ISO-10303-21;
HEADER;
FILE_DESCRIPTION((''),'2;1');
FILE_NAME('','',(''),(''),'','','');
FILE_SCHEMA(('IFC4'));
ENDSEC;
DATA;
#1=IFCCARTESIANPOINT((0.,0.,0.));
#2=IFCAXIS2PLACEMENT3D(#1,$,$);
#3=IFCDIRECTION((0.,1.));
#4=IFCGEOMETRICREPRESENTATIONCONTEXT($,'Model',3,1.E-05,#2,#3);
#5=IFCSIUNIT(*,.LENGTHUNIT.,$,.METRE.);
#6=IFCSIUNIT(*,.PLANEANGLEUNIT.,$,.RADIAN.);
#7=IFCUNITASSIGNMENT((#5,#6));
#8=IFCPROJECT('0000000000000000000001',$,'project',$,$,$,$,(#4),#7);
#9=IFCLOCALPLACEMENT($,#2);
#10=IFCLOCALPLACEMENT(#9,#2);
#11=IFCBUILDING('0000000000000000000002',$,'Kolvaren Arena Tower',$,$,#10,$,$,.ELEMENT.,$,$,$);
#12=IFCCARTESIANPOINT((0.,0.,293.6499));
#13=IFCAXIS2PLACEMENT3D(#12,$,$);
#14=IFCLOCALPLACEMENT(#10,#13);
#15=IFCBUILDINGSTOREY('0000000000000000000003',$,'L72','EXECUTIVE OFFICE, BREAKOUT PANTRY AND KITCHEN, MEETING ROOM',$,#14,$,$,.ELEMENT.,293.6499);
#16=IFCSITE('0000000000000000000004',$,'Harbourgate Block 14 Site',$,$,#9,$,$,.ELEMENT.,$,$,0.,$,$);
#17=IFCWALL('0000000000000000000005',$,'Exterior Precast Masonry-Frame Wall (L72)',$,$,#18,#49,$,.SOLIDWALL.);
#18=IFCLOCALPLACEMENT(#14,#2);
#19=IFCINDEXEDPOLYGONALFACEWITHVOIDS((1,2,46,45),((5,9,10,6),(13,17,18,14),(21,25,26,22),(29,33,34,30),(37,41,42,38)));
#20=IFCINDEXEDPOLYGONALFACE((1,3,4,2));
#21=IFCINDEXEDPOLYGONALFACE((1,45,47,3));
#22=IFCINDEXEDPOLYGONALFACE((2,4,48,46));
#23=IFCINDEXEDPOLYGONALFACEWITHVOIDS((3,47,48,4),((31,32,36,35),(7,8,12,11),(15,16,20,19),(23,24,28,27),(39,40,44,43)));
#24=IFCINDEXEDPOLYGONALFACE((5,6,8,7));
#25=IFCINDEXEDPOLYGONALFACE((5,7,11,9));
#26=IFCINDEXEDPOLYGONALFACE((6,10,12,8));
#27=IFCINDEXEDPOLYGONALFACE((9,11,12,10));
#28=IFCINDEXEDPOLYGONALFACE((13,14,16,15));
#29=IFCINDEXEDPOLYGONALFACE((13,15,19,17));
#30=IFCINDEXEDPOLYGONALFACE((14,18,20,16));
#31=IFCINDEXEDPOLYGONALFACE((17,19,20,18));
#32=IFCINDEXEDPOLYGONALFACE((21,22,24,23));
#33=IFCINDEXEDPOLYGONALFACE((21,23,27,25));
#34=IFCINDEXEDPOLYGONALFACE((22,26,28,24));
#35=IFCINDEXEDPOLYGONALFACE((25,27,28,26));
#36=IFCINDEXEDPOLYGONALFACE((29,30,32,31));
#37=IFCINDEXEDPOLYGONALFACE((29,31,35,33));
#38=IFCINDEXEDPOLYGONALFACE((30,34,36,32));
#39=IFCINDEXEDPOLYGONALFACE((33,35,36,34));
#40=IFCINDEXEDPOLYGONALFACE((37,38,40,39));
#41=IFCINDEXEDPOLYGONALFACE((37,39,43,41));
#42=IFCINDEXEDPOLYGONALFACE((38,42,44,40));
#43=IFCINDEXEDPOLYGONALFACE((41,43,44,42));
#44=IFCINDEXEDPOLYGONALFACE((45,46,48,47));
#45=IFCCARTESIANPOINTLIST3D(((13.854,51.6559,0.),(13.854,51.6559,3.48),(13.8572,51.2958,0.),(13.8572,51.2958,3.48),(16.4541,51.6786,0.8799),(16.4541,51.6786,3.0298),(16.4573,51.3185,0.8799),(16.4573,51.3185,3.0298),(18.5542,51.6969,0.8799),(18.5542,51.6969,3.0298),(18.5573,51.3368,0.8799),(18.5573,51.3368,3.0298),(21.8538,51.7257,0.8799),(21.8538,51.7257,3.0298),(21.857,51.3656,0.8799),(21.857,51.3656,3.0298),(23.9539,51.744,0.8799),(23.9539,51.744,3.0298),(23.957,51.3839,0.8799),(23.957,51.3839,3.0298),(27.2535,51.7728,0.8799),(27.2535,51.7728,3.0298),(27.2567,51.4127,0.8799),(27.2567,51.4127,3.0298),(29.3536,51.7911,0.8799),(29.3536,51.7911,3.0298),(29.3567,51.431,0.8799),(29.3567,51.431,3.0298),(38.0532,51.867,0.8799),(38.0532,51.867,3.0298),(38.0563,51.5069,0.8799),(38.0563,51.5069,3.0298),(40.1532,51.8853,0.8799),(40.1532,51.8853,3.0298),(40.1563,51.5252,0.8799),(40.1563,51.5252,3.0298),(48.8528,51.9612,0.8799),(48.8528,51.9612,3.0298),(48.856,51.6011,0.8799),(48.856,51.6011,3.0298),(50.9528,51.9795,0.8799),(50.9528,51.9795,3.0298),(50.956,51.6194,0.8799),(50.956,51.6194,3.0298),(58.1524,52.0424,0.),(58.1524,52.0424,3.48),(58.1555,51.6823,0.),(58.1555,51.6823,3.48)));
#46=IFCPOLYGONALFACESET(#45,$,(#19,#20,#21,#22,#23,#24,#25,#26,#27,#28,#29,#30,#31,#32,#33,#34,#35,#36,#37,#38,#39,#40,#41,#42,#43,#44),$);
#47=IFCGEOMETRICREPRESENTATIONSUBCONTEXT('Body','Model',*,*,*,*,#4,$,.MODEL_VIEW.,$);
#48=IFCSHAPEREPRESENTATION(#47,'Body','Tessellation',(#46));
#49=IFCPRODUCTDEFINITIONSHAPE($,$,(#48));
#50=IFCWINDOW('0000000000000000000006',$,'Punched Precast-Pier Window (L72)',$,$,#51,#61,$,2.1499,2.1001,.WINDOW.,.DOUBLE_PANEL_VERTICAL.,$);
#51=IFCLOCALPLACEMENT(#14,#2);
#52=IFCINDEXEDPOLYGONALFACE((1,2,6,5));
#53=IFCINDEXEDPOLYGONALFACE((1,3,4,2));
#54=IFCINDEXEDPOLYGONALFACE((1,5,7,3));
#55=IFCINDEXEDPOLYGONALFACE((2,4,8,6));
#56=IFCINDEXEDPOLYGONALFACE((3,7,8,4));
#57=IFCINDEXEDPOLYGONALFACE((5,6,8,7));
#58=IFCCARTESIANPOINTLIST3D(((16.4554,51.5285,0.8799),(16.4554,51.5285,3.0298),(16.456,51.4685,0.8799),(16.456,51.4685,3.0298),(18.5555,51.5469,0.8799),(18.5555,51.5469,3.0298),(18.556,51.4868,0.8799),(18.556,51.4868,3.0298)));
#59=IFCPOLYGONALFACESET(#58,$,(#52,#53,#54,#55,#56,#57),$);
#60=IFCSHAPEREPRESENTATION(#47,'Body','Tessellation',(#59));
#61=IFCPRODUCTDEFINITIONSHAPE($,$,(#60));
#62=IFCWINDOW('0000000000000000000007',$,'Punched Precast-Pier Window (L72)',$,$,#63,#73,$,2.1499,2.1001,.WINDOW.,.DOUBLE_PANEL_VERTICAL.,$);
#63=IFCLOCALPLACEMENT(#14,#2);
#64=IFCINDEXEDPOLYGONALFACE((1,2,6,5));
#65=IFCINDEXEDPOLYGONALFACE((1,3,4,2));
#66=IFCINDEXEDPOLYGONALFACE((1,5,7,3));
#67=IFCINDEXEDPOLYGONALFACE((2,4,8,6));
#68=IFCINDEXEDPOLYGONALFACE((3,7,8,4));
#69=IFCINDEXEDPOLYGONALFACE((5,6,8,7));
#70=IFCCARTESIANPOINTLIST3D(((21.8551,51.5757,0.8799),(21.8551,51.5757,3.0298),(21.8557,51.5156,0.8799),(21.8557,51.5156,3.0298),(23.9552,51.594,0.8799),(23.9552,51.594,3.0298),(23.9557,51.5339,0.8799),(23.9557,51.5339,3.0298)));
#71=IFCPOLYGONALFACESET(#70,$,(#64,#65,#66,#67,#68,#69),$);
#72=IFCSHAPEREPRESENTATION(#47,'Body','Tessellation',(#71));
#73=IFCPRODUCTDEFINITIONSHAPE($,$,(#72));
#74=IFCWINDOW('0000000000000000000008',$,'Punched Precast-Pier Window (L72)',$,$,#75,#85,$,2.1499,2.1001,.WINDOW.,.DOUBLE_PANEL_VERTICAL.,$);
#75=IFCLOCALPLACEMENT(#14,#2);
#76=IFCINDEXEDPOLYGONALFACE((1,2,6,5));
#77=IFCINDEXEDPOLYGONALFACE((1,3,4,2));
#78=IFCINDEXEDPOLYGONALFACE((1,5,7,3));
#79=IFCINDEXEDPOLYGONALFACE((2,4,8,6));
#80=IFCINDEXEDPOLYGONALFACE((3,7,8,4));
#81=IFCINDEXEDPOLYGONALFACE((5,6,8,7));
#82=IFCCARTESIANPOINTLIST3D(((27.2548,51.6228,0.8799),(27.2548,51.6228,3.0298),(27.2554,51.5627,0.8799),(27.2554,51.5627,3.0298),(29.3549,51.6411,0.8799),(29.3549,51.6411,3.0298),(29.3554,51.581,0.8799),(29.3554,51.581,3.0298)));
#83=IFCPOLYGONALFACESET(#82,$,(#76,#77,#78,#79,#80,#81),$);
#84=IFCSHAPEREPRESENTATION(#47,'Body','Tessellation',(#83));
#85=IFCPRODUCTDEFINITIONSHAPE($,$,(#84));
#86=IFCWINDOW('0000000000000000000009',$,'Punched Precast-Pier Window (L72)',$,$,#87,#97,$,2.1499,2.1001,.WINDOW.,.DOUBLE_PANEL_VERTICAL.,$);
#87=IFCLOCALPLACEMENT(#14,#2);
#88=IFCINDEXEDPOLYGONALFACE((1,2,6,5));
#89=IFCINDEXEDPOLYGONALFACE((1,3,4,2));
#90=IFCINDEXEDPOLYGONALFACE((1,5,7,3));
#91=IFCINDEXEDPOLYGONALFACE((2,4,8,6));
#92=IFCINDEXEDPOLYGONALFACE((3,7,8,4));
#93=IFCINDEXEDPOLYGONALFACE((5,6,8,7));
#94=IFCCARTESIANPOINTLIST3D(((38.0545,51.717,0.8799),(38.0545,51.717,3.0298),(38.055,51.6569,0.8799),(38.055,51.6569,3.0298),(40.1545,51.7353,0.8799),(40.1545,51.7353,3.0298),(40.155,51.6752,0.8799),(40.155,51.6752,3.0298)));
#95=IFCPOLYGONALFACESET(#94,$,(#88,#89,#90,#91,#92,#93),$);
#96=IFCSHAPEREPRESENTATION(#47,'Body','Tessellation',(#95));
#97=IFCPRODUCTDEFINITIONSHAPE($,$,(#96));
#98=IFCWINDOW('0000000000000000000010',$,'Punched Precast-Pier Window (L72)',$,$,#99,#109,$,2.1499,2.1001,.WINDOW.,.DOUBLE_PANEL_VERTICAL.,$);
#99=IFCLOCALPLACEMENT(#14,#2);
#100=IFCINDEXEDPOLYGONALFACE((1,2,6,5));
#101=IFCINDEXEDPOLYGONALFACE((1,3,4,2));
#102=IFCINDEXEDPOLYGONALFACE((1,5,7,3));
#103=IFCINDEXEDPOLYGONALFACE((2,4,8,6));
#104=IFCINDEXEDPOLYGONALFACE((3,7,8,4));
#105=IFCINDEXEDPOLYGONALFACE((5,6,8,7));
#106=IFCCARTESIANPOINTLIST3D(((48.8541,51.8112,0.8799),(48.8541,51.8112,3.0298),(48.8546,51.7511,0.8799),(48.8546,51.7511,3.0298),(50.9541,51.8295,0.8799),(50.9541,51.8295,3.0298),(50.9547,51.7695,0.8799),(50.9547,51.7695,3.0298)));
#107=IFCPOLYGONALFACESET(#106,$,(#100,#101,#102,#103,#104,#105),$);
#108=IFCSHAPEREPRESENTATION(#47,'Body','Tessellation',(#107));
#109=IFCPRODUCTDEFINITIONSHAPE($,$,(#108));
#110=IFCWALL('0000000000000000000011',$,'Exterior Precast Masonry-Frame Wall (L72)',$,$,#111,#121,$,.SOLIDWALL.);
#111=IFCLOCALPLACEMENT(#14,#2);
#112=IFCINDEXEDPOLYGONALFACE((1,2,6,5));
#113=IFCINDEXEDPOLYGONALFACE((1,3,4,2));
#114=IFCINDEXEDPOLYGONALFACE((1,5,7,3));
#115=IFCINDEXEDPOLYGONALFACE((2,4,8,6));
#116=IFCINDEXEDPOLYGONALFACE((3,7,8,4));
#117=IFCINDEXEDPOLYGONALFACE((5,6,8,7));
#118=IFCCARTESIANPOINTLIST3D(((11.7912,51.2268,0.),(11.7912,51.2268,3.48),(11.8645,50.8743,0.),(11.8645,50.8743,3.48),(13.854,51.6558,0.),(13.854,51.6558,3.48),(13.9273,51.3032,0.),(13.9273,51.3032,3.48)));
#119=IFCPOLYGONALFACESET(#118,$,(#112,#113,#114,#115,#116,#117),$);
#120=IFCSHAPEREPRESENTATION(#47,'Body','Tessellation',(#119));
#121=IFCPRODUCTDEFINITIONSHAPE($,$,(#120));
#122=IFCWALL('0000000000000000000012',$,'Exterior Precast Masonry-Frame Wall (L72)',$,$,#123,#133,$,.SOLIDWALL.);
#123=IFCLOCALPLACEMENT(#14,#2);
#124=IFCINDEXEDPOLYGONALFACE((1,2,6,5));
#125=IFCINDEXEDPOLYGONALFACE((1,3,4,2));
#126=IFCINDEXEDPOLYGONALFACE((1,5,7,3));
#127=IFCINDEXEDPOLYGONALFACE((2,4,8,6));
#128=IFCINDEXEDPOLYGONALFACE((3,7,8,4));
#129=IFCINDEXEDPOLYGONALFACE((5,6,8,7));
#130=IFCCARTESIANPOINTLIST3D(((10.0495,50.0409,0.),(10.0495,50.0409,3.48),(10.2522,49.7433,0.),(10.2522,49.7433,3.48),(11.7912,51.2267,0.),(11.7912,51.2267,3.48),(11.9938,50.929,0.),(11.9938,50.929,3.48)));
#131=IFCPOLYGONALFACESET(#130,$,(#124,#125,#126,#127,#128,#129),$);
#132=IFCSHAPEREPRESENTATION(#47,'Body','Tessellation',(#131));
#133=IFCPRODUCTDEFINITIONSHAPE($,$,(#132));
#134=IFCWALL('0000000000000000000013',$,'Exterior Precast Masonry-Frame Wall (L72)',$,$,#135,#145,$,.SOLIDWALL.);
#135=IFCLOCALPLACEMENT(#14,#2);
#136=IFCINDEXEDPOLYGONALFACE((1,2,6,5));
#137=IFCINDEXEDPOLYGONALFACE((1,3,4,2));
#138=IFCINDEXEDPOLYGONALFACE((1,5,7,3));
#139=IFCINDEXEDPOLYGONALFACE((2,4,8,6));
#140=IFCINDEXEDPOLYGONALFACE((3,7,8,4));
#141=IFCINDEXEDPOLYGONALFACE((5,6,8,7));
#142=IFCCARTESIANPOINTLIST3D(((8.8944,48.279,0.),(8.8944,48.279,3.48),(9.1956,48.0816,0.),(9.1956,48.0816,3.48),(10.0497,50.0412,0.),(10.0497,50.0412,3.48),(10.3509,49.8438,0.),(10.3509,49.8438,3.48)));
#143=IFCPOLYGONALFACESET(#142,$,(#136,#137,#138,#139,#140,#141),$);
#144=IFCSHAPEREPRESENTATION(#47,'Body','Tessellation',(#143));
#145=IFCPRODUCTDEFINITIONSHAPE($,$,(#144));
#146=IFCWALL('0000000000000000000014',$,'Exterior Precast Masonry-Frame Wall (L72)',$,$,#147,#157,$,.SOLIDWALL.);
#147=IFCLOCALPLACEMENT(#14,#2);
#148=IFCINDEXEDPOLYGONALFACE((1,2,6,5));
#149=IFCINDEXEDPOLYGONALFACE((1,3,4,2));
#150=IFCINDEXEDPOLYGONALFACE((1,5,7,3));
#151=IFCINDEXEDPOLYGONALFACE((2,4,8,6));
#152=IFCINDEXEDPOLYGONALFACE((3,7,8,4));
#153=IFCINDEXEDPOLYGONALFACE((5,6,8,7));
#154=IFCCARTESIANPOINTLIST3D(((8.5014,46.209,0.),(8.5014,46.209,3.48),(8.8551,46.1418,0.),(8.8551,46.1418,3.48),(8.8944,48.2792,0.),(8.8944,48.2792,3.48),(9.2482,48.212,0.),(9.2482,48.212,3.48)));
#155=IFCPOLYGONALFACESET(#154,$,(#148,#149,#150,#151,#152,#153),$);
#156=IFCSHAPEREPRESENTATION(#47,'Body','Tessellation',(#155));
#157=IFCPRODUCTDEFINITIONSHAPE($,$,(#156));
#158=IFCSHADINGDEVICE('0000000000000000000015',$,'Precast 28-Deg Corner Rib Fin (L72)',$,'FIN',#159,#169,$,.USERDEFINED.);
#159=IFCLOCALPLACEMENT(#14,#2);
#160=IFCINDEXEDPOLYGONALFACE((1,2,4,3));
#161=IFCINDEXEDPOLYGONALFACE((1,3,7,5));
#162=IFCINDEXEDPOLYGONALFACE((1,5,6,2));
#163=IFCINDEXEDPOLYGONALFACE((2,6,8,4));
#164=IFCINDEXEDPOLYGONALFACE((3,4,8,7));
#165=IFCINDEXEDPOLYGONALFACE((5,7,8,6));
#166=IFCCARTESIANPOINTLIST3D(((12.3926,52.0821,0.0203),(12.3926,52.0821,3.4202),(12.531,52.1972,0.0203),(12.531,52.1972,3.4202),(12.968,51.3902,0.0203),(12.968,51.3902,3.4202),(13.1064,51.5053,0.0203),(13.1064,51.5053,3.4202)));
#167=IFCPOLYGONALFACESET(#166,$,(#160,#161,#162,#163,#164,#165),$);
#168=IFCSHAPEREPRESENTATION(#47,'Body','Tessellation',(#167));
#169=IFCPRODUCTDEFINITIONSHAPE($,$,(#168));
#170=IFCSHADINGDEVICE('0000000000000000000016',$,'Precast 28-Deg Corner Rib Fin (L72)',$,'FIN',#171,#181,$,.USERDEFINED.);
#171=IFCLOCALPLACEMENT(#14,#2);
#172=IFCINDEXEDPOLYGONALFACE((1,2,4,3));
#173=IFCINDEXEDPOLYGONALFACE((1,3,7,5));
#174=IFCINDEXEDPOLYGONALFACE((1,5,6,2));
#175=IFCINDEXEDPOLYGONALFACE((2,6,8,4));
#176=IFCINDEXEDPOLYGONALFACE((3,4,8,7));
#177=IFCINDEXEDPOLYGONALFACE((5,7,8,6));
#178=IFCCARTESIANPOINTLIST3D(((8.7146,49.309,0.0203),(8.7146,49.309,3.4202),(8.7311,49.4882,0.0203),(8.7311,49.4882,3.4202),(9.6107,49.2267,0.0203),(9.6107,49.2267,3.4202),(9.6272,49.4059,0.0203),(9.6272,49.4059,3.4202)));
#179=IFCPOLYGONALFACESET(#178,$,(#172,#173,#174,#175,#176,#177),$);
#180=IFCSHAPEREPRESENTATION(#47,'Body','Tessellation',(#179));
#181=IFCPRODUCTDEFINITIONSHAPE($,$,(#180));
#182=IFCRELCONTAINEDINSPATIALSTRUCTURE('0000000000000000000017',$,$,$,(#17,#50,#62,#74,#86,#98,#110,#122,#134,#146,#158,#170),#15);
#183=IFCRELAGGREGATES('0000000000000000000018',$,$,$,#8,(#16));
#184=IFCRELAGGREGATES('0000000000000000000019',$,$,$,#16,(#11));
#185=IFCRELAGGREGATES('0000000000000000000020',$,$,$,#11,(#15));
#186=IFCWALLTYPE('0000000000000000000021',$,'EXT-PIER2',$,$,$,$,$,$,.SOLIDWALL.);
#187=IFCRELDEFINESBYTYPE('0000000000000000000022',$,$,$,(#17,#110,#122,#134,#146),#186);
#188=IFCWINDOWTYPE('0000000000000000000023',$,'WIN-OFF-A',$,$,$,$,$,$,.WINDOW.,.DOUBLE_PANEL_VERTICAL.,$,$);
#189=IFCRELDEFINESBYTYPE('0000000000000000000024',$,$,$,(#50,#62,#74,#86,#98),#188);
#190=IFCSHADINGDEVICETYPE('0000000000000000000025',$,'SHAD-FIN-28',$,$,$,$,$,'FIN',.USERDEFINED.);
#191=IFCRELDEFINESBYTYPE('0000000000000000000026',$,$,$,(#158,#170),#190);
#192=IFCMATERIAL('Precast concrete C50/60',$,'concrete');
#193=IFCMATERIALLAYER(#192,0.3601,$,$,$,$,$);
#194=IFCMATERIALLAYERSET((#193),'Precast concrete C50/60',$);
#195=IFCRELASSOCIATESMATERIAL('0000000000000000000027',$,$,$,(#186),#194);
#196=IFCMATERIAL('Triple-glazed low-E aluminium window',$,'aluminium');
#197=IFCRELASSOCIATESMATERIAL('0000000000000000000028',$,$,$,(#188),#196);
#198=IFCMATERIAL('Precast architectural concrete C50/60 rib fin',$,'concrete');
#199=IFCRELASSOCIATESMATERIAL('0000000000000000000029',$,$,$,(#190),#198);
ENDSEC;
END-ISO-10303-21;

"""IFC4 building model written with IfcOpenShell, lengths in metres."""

from ifc_helpers import new_model, si_unit, direction, frame, frame_2d, origin, origin_2d, place, context, subcontext, project, spatial, rectangle, extrude, material, layer, layer_set, type_object, element, fill, save


model = new_model("IFC4")

# Units and contexts
model_context = context("Model", 3, precision=1e-05, world=origin(), true_north=direction((0.0, 1.0)))
body_context = subcontext(model_context, "Body", "Model", "MODEL_VIEW")
ifc_project = project(units=[si_unit("LENGTHUNIT", "METRE"), si_unit("PLANEANGLEUNIT", "RADIAN")], contexts=[model_context])

# Site, building, storey
site_placement = place(None, origin())
site = spatial("IfcSite", under=ifc_project, at=site_placement, Name="Harbourgate Block 14 Site", CompositionType="ELEMENT", RefElevation=0.0)
building_placement = place(site_placement, origin())
building = spatial("IfcBuilding", under=site, at=building_placement, Name="Kolvaren Arena Tower", CompositionType="ELEMENT")
storey_placement = place(building_placement, frame((0.0, 0.0, 293.6499)))
storey = spatial("IfcBuildingStorey", under=building, at=storey_placement, Name="L72", Description="EXECUTIVE OFFICE, BREAKOUT PANTRY AND KITCHEN, MEETING ROOM", CompositionType="ELEMENT", Elevation=293.6499)

# Shared definitions
ifc_material_1 = material(Name="Precast concrete C50/60", Category="concrete")

# Wall, openings, windows
ifc_layer = layer(ifc_material_1, 0.3601)
ifc_layer_set = layer_set([ifc_layer], Name="Precast concrete C50/60")
wall_type = type_object("IfcWallType", Name="EXT-PIER2", PredefinedType="SOLIDWALL", material=ifc_layer_set)
wall_placement = place(storey_placement, frame((13.8557, 51.4758, 0.0), z_axis=(0.0, 0.0, 1.0), x_axis=(0.999962, 0.008724, 0.0)))
wall = element("IfcWall", 1, at=wall_placement, inside=storey, type_object=wall_type, Name="Exterior Precast Masonry-Frame Wall (L72)", PredefinedType="SOLIDWALL", context=body_context, shape_type="SweptSolid", body=[
    extrude(rectangle(XDim=44.3, YDim=0.3601, at=frame_2d((22.1499, 0.0))), origin(), (0.0, 0.0, 1.0), 3.48),
])
opening_1_placement = place(wall_placement, frame((2.6001, 0.0, 0.8799)))
opening_1 = element("IfcOpeningElement", 2, at=opening_1_placement, cuts=wall, PredefinedType="OPENING", context=body_context, shape_type="SweptSolid", body=[
    extrude(rectangle(XDim=2.1001, YDim=2.1499, at=frame_2d((1.05, 1.075))), frame((0.0, 0.1899, 0.0), z_axis=(0.0, -1.0, 0.0), x_axis=(1.0, 0.0, 0.0)), (0.0, 0.0, 1.0), 0.3801),
])
opening_2_placement = place(wall_placement, frame((8.0, 0.0, 0.8799)))
opening_2 = element("IfcOpeningElement", 3, at=opening_2_placement, cuts=wall, PredefinedType="OPENING", context=body_context, shape_type="SweptSolid", body=[
    extrude(rectangle(XDim=2.1001, YDim=2.1499, at=frame_2d((1.05, 1.075))), frame((0.0, 0.1899, 0.0), z_axis=(0.0, -1.0, 0.0), x_axis=(1.0, 0.0, 0.0)), (0.0, 0.0, 1.0), 0.3801),
])
opening_3_placement = place(wall_placement, frame((13.3999, 0.0, 0.8799)))
opening_3 = element("IfcOpeningElement", 4, at=opening_3_placement, cuts=wall, PredefinedType="OPENING", context=body_context, shape_type="SweptSolid", body=[
    extrude(rectangle(XDim=2.1001, YDim=2.1499, at=frame_2d((1.05, 1.075))), frame((0.0, 0.1899, 0.0), z_axis=(0.0, -1.0, 0.0), x_axis=(1.0, 0.0, 0.0)), (0.0, 0.0, 1.0), 0.3801),
])
opening_4_placement = place(wall_placement, frame((24.2, 0.0, 0.8799)))
opening_4 = element("IfcOpeningElement", 5, at=opening_4_placement, cuts=wall, PredefinedType="OPENING", context=body_context, shape_type="SweptSolid", body=[
    extrude(rectangle(XDim=2.1001, YDim=2.1499, at=frame_2d((1.05, 1.075))), frame((0.0, 0.1899, 0.0), z_axis=(0.0, -1.0, 0.0), x_axis=(1.0, 0.0, 0.0)), (0.0, 0.0, 1.0), 0.3801),
])
opening_5_placement = place(wall_placement, frame((35.0, 0.0, 0.8799)))
opening_5 = element("IfcOpeningElement", 6, at=opening_5_placement, cuts=wall, PredefinedType="OPENING", context=body_context, shape_type="SweptSolid", body=[
    extrude(rectangle(XDim=2.1001, YDim=2.1499, at=frame_2d((1.05, 1.075))), frame((0.0, 0.1899, 0.0), z_axis=(0.0, -1.0, 0.0), x_axis=(1.0, 0.0, 0.0)), (0.0, 0.0, 1.0), 0.3801),
])
ifc_material_2 = material(Name="Triple-glazed low-E aluminium window", Category="aluminium")
window_type = type_object("IfcWindowType", Name="WIN-OFF-A", PartitioningType="DOUBLE_PANEL_VERTICAL", PredefinedType="WINDOW", material=ifc_material_2)
window_1_placement = place(opening_1_placement, origin())
window_1 = element("IfcWindow", 7, at=window_1_placement, inside=storey, type_object=window_type, Name="Punched Precast-Pier Window (L72)", OverallHeight=2.1499, OverallWidth=2.1001, PartitioningType="DOUBLE_PANEL_VERTICAL", PredefinedType="WINDOW", context=body_context, shape_type="SweptSolid", body=[
    extrude(rectangle(XDim=2.1001, YDim=2.1499, at=frame_2d((1.05, 1.075))), frame((0.0, 0.03, 0.0), z_axis=(0.0, -1.0, 0.0), x_axis=(1.0, 0.0, 0.0)), (0.0, 0.0, 1.0), 0.0601),
])
fill(opening_1, window_1)
window_2_placement = place(opening_2_placement, origin())
window_2 = element("IfcWindow", 8, at=window_2_placement, inside=storey, type_object=window_type, Name="Punched Precast-Pier Window (L72)", OverallHeight=2.1499, OverallWidth=2.1001, PartitioningType="DOUBLE_PANEL_VERTICAL", PredefinedType="WINDOW", context=body_context, shape_type="SweptSolid", body=[
    extrude(rectangle(XDim=2.1001, YDim=2.1499, at=frame_2d((1.05, 1.075))), frame((0.0, 0.03, 0.0), z_axis=(0.0, -1.0, 0.0), x_axis=(1.0, 0.0, 0.0)), (0.0, 0.0, 1.0), 0.0601),
])
fill(opening_2, window_2)
window_3_placement = place(opening_3_placement, origin())
window_3 = element("IfcWindow", 9, at=window_3_placement, inside=storey, type_object=window_type, Name="Punched Precast-Pier Window (L72)", OverallHeight=2.1499, OverallWidth=2.1001, PartitioningType="DOUBLE_PANEL_VERTICAL", PredefinedType="WINDOW", context=body_context, shape_type="SweptSolid", body=[
    extrude(rectangle(XDim=2.1001, YDim=2.1499, at=frame_2d((1.05, 1.075))), frame((0.0, 0.03, 0.0), z_axis=(0.0, -1.0, 0.0), x_axis=(1.0, 0.0, 0.0)), (0.0, 0.0, 1.0), 0.0601),
])
fill(opening_3, window_3)
window_4_placement = place(opening_4_placement, origin())
window_4 = element("IfcWindow", 10, at=window_4_placement, inside=storey, type_object=window_type, Name="Punched Precast-Pier Window (L72)", OverallHeight=2.1499, OverallWidth=2.1001, PartitioningType="DOUBLE_PANEL_VERTICAL", PredefinedType="WINDOW", context=body_context, shape_type="SweptSolid", body=[
    extrude(rectangle(XDim=2.1001, YDim=2.1499, at=frame_2d((1.05, 1.075))), frame((0.0, 0.03, 0.0), z_axis=(0.0, -1.0, 0.0), x_axis=(1.0, 0.0, 0.0)), (0.0, 0.0, 1.0), 0.0601),
])
fill(opening_4, window_4)
window_5_placement = place(opening_5_placement, origin())
window_5 = element("IfcWindow", 11, at=window_5_placement, inside=storey, type_object=window_type, Name="Punched Precast-Pier Window (L72)", OverallHeight=2.1499, OverallWidth=2.1001, PartitioningType="DOUBLE_PANEL_VERTICAL", PredefinedType="WINDOW", context=body_context, shape_type="SweptSolid", body=[
    extrude(rectangle(XDim=2.1001, YDim=2.1499, at=frame_2d((1.05, 1.075))), frame((0.0, 0.03, 0.0), z_axis=(0.0, -1.0, 0.0), x_axis=(1.0, 0.0, 0.0)), (0.0, 0.0, 1.0), 0.0601),
])
fill(opening_5, window_5)

# Walls
for number, where, z_axis, x_axis, name in (
    (12, (11.8279, 51.0505, 0.0), (0.0, 0.0, 1.0), (0.979055, 0.203598, 0.0), "Exterior Precast Masonry-Frame Wall (L72)"),
    (13, (10.1509, 49.8921, 0.0), (0.0, 0.0, 1.0), (0.82661, 0.562776, 0.0), "Exterior Precast Masonry-Frame Wall (L72)"),
):
    element("IfcWall", number, at=place(storey_placement, frame(where, z_axis=z_axis, x_axis=x_axis)), inside=storey, type_object=wall_type, Name=name, PredefinedType="SOLIDWALL", context=body_context, shape_type="SweptSolid", body=[
        extrude(rectangle(XDim=2.1069, YDim=0.3601, at=frame_2d((1.0535, 0.0))), origin(), (0.0, 0.0, 1.0), 3.48),
    ])
for number, where, z_axis, x_axis, name in (
    (14, (9.0449, 48.1802, 0.0), (0.0, 0.0, 1.0), (0.548267, 0.836304, 0.0), "Exterior Precast Masonry-Frame Wall (L72)"),
    (15, (8.6782, 46.1753, 0.0), (0.0, 0.0, 1.0), (0.186548, 0.982446, 0.0), "Exterior Precast Masonry-Frame Wall (L72)"),
):
    element("IfcWall", number, at=place(storey_placement, frame(where, z_axis=z_axis, x_axis=x_axis)), inside=storey, type_object=wall_type, Name=name, PredefinedType="SOLIDWALL", context=body_context, shape_type="SweptSolid", body=[
        extrude(rectangle(XDim=2.1072, YDim=0.3601, at=frame_2d((1.0537, 0.0))), origin(), (0.0, 0.0, 1.0), 3.48),
    ])

# Shading devices
ifc_material_3 = material(Name="Precast architectural concrete C50/60 rib fin", Category="concrete")
shading_device_type = type_object("IfcShadingDeviceType", Name="SHAD-FIN-28", ElementType="FIN", PredefinedType="USERDEFINED", material=ifc_material_3)
for number, where, z_axis, x_axis, name in (
    (16, (12.7495, 51.7937, 0.0203), (0.0, 0.0, 1.0), (-0.639409, 0.768866, 0.0), "Precast 28-Deg Corner Rib Fin (L72)"),
    (17, (9.1709, 49.3574, 0.0203), (0.0, 0.0, 1.0), (-0.995808, 0.091469, 0.0), "Precast 28-Deg Corner Rib Fin (L72)"),
):
    element("IfcShadingDevice", number, at=place(storey_placement, frame(where, z_axis=z_axis, x_axis=x_axis)), inside=storey, type_object=shading_device_type, Name=name, ObjectType="FIN", PredefinedType="USERDEFINED", context=body_context, shape_type="SweptSolid", body=[
        extrude(rectangle(XDim=0.8999, YDim=0.1799, at=origin_2d()), origin(), (0.0, 0.0, 1.0), 3.3999),
    ])

save(model, "model.ifc")
